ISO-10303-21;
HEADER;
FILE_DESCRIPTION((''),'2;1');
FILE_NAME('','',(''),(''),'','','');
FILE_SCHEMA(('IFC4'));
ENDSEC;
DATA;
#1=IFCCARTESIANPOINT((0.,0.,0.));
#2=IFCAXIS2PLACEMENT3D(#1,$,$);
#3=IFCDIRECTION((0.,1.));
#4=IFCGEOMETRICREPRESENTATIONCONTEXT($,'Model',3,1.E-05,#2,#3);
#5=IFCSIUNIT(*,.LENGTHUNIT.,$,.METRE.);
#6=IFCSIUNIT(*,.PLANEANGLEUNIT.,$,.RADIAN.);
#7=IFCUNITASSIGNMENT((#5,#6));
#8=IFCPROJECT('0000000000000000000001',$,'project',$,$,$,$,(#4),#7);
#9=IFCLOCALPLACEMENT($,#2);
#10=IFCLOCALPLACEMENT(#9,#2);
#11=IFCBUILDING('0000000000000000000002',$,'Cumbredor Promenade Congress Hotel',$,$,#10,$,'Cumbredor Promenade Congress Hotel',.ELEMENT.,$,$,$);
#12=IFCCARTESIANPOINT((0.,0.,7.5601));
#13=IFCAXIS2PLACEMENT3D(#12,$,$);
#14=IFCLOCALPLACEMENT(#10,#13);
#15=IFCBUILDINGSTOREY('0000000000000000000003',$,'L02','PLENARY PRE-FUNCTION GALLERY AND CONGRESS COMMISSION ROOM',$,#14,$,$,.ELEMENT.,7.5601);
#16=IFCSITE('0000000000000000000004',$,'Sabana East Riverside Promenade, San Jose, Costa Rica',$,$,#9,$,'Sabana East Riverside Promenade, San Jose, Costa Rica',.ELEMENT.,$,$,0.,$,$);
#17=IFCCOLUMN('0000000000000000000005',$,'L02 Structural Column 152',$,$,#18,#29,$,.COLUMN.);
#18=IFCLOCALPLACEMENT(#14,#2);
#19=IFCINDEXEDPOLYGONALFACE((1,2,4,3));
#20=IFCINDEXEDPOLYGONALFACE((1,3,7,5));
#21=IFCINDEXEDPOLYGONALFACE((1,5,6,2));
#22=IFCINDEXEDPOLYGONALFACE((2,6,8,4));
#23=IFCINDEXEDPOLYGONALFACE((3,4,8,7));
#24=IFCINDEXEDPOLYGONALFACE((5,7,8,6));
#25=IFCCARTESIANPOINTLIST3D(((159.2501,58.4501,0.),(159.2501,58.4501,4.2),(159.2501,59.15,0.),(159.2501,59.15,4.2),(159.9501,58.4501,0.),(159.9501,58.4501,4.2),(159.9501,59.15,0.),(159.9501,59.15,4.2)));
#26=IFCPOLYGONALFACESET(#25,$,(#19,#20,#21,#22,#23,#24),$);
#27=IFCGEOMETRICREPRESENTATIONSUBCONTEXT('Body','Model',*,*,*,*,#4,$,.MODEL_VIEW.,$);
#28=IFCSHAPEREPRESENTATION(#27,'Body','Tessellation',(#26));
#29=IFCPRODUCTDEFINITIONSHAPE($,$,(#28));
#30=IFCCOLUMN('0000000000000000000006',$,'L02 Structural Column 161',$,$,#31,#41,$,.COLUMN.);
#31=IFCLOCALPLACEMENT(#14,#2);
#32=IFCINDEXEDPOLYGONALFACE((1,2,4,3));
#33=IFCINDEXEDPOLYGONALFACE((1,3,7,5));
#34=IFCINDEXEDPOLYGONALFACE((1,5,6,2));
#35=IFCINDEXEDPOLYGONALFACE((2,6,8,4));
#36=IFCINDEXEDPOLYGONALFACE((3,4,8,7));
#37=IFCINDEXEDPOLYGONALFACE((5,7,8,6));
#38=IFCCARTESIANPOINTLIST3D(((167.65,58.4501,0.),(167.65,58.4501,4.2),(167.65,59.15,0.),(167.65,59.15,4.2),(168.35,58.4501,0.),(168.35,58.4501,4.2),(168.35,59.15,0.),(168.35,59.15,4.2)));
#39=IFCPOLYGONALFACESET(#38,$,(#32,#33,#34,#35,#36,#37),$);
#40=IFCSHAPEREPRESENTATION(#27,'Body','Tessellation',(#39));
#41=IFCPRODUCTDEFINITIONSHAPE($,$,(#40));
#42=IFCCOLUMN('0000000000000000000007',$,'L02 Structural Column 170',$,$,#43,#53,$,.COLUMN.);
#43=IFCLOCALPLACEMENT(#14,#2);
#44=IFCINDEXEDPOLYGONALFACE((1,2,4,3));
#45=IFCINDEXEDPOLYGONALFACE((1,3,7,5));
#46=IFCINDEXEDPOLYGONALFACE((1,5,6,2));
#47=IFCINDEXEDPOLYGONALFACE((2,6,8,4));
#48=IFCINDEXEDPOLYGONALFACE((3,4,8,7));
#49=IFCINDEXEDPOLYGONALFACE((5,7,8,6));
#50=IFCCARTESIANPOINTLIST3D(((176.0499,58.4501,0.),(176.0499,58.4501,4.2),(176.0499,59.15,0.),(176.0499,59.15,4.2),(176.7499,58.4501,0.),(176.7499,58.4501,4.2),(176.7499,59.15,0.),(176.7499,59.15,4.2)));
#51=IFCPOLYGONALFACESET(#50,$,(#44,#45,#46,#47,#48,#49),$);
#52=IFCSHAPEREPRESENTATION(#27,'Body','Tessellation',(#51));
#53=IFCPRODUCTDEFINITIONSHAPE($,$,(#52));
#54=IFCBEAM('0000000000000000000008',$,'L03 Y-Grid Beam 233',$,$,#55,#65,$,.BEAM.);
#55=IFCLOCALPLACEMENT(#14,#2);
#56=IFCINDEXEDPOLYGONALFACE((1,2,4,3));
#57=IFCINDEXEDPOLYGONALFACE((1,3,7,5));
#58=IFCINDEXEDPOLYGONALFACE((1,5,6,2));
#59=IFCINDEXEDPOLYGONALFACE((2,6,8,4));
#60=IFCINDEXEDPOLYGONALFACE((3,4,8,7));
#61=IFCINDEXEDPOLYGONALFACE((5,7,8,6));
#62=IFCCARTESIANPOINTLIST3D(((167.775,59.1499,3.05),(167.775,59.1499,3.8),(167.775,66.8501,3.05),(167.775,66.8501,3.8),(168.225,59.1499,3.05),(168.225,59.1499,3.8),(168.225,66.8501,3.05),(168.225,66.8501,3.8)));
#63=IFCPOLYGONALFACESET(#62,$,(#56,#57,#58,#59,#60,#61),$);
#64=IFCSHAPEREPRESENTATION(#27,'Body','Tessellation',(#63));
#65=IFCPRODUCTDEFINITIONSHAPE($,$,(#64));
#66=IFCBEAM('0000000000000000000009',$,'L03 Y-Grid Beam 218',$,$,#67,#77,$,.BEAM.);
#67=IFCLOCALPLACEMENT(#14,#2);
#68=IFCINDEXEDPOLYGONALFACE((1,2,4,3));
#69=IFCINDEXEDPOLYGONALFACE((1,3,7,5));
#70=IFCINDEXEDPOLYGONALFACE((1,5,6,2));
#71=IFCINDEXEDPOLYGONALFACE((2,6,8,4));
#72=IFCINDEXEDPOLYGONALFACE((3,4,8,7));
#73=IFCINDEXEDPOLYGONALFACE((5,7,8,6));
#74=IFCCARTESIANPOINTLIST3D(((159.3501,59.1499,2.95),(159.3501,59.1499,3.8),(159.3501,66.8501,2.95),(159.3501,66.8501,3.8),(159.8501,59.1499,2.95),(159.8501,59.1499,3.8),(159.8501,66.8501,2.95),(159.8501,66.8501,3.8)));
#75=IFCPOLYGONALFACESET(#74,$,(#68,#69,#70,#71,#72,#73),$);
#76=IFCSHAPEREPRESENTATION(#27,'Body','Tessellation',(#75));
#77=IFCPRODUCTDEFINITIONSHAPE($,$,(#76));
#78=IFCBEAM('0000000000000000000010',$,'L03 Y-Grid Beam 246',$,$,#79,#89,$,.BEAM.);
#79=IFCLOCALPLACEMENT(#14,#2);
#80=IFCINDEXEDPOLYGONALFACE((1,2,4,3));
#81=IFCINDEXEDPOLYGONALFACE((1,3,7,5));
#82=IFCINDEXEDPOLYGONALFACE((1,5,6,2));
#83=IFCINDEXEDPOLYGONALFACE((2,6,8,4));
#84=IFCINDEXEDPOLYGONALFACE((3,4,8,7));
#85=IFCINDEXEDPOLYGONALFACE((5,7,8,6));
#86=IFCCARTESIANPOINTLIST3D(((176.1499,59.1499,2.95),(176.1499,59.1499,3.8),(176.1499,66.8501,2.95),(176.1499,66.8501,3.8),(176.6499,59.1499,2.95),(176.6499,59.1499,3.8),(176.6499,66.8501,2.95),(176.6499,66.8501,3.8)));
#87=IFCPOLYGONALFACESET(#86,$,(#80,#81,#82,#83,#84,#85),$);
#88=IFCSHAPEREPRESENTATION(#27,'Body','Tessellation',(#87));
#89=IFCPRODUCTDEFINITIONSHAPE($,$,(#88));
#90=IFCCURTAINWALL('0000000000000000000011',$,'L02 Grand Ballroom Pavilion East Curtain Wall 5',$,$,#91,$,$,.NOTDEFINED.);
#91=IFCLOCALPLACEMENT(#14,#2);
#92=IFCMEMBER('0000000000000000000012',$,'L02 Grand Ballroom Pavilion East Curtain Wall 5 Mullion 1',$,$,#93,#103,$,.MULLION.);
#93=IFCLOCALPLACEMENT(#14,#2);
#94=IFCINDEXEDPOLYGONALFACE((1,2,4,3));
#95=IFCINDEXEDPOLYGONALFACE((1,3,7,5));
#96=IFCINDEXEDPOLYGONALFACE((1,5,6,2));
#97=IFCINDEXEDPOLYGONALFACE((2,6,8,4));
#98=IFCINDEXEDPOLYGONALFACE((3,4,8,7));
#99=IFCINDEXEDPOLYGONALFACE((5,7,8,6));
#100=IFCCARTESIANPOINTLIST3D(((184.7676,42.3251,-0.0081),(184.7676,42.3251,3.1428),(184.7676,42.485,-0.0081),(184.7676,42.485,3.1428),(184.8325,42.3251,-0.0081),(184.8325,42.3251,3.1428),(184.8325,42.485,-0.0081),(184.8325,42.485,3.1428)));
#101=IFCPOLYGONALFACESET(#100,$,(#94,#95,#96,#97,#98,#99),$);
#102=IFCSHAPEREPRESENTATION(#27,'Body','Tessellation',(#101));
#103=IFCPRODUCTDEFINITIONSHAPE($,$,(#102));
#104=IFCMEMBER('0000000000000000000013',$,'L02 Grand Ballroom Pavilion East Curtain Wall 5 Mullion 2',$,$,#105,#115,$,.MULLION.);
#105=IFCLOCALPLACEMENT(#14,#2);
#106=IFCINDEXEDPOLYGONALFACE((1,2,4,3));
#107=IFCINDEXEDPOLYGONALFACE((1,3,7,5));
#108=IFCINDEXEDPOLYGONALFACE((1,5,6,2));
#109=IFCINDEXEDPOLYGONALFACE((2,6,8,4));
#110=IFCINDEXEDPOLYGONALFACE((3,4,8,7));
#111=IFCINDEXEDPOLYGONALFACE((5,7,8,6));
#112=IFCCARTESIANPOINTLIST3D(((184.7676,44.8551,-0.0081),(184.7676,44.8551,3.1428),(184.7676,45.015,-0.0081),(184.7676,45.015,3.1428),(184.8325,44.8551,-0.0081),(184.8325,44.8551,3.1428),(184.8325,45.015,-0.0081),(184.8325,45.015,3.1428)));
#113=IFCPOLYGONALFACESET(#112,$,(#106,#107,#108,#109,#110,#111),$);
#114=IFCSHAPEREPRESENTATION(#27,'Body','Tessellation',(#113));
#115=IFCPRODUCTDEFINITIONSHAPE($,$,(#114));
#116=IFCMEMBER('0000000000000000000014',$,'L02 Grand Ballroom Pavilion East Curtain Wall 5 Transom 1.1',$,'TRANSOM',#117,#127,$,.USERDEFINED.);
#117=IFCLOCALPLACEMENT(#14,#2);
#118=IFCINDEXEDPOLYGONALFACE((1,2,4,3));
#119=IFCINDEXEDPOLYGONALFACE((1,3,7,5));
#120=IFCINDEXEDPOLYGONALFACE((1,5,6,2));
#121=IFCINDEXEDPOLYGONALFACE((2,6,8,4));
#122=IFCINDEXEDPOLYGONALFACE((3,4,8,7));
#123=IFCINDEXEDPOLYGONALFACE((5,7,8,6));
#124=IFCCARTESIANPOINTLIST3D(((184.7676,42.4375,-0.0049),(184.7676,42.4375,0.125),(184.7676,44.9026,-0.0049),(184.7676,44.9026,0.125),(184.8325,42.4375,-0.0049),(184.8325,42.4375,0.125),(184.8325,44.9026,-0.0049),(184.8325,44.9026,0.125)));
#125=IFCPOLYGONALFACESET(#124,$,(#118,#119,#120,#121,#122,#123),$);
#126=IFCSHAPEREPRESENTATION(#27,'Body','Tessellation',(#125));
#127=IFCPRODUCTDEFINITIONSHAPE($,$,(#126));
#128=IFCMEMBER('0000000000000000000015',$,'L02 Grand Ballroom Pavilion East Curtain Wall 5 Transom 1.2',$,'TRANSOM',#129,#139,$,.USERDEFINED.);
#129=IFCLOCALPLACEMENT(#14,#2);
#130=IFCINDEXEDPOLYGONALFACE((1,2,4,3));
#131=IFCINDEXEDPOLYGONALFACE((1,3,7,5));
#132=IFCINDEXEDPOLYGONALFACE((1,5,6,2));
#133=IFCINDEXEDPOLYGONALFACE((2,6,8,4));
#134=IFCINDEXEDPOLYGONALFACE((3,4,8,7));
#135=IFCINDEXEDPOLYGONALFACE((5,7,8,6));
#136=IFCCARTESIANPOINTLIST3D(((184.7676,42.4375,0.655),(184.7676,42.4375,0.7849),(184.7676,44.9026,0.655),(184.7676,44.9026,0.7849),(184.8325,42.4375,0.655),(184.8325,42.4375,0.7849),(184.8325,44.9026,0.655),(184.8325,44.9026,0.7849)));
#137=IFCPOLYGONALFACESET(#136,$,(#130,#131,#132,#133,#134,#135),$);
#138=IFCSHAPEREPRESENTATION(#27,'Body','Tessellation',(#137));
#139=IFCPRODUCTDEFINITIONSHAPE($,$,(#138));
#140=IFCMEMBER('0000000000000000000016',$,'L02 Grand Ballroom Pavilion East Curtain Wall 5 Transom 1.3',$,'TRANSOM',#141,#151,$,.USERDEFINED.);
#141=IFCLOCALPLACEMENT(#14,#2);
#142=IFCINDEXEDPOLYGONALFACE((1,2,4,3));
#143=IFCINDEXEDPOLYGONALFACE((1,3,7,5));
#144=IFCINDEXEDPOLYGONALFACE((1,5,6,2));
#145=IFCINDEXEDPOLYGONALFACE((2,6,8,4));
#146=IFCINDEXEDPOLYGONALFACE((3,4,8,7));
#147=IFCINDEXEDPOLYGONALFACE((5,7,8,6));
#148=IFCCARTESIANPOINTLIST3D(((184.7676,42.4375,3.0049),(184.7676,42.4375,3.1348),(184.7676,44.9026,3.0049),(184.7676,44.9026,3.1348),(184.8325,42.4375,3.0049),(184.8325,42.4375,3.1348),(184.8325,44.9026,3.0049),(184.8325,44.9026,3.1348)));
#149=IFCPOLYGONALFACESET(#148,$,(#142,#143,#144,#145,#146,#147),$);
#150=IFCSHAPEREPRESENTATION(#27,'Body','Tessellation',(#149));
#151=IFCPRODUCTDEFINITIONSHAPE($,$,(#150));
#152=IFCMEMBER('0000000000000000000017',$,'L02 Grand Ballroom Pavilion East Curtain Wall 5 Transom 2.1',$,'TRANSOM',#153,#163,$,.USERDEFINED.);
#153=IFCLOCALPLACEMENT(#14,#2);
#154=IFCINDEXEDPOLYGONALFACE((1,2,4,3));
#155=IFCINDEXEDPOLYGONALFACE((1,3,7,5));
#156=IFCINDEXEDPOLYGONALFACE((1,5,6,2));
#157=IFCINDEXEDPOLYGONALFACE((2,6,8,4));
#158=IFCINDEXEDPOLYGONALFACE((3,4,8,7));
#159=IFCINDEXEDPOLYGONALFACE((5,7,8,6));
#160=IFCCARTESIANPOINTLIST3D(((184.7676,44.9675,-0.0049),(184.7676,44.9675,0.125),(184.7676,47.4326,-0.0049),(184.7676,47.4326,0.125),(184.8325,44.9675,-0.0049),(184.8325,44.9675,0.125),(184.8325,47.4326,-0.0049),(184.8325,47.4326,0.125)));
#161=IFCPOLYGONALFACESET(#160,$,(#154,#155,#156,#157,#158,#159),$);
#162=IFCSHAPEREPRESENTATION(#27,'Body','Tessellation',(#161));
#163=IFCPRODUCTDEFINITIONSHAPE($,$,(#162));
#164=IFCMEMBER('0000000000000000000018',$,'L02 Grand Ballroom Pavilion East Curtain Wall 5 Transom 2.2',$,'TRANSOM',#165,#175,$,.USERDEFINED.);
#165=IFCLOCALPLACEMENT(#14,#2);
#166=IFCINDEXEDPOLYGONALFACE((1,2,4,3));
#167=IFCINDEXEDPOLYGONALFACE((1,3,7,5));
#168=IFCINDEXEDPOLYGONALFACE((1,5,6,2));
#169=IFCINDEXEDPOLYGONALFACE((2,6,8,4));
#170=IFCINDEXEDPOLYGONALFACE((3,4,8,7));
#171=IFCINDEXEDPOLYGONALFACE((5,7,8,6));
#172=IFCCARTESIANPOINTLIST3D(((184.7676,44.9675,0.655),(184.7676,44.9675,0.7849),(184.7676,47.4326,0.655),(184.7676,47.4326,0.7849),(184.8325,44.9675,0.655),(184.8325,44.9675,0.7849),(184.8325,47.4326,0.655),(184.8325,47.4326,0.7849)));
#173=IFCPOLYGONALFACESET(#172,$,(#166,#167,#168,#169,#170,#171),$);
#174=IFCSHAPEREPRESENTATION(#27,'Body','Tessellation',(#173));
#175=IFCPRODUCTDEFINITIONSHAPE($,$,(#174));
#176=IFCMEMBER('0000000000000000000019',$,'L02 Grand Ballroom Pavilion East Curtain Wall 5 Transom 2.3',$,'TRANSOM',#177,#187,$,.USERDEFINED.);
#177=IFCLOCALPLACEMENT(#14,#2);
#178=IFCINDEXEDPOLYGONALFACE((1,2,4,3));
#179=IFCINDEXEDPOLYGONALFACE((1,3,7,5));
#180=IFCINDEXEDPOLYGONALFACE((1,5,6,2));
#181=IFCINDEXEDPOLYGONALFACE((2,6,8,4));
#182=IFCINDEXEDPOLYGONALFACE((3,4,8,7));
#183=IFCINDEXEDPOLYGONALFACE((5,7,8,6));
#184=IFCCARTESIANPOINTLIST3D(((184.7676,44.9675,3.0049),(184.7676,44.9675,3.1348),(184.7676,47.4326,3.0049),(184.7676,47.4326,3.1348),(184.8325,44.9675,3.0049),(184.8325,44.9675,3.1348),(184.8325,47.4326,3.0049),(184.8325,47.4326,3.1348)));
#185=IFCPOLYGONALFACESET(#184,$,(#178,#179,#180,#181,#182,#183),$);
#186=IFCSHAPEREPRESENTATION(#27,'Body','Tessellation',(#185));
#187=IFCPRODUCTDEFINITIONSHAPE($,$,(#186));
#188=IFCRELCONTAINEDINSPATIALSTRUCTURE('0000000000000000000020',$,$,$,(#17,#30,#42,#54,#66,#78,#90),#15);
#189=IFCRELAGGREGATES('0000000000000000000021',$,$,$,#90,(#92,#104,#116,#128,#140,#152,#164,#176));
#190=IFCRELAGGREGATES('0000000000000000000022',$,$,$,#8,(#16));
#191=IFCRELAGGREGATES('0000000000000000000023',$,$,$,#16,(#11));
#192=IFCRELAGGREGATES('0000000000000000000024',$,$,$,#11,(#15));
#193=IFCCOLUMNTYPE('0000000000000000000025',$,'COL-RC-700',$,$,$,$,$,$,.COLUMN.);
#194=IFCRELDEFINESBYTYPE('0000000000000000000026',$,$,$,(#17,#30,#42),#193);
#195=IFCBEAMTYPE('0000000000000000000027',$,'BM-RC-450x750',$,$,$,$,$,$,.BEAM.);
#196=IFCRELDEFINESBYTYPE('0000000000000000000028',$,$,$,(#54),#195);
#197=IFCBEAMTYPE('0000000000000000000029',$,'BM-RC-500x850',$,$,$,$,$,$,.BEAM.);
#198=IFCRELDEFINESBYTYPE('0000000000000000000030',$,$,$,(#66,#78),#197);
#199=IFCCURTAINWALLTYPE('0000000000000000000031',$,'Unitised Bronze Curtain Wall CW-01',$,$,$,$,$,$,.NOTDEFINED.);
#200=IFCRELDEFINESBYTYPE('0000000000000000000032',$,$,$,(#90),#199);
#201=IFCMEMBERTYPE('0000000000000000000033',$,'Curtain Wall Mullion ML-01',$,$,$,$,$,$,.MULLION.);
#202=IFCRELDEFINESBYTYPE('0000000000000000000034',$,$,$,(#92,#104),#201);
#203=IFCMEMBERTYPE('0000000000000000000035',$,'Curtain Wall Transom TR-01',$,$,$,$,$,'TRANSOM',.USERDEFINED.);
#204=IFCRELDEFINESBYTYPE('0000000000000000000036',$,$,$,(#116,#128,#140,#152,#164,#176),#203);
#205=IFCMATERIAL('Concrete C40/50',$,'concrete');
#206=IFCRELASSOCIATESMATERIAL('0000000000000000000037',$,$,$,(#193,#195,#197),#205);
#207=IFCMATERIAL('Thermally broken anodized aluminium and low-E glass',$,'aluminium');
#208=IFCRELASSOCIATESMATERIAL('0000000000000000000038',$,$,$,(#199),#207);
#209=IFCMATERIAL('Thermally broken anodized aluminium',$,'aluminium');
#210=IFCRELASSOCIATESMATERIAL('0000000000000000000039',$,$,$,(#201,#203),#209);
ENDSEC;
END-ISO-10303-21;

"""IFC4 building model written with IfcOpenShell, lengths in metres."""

from ifc_helpers import new_model, si_unit, direction, frame, origin, origin_2d, place, context, subcontext, project, spatial, rectangle, extrude, material, material_profile, profile_set, type_object, element, aggregate, save


model = new_model("IFC4")

# Units and contexts
model_context = context("Model", 3, precision=1e-05, world=origin(), true_north=direction((0.0, 1.0)))
body_context = subcontext(model_context, "Body", "Model", "MODEL_VIEW")
ifc_project = project(units=[si_unit("LENGTHUNIT", "METRE"), si_unit("PLANEANGLEUNIT", "RADIAN")], contexts=[model_context])

# Site, building, storey
site_placement = place(None, origin())
site = spatial("IfcSite", under=ifc_project, at=site_placement, Name="Sabana East Riverside Promenade, San Jose, Costa Rica", LongName="Sabana East Riverside Promenade, San Jose, Costa Rica", CompositionType="ELEMENT", RefElevation=0.0)
building_placement = place(site_placement, origin())
building = spatial("IfcBuilding", under=site, at=building_placement, Name="Cumbredor Promenade Congress Hotel", LongName="Cumbredor Promenade Congress Hotel", CompositionType="ELEMENT")
storey_placement = place(building_placement, frame((0.0, 0.0, 7.5601)))
storey = spatial("IfcBuildingStorey", under=building, at=storey_placement, Name="L02", Description="PLENARY PRE-FUNCTION GALLERY AND CONGRESS COMMISSION ROOM", CompositionType="ELEMENT", Elevation=7.5601)

# Columns
ifc_material_1 = material(Name="Concrete C40/50", Category="concrete")
ifc_material_profile_1 = material_profile(ifc_material_1, rectangle(XDim=0.7, YDim=0.7, at=origin_2d()), Name="RC 700x700")
ifc_profile_set_1 = profile_set([ifc_material_profile_1], Name="Concrete C40/50")
column_type = type_object("IfcColumnType", Name="COL-RC-700", PredefinedType="COLUMN", material=ifc_profile_set_1)
for number, where, z_axis, x_axis, name in (
    (1, (159.6001, 58.8, 0.0), (0.0, 0.0, 1.0), (1.0, 0.0, 0.0), "L02 Structural Column 152"),
    (2, (168.0, 58.8, 0.0), (0.0, 0.0, 1.0), (1.0, 0.0, 0.0), "L02 Structural Column 161"),
    (3, (176.3999, 58.8, 0.0), (0.0, 0.0, 1.0), (1.0, 0.0, 0.0), "L02 Structural Column 170"),
):
    element("IfcColumn", number, at=place(storey_placement, frame(where, z_axis=z_axis, x_axis=x_axis)), inside=storey, type_object=column_type, Name=name, PredefinedType="COLUMN", context=body_context, shape_type="SweptSolid", body=[
        extrude(rectangle(XDim=0.7, YDim=0.7, at=origin_2d()), origin(), (0.0, 0.0, 1.0), 4.2),
    ])

# Beams
ifc_material_profile_2 = material_profile(ifc_material_1, rectangle(XDim=0.45, YDim=0.75, at=origin_2d()), Name="RC BEAM 450x750")
ifc_profile_set_2 = profile_set([ifc_material_profile_2], Name="Concrete C40/50")
beam_type_1 = type_object("IfcBeamType", Name="BM-RC-450x750", PredefinedType="BEAM", material=ifc_profile_set_2)
beam_1_placement = place(storey_placement, frame((168.0, 59.1499, 3.425), z_axis=(0.0, 1.0, 0.0), x_axis=(-1.0, 0.0, 0.0)))
element("IfcBeam", 4, at=beam_1_placement, inside=storey, type_object=beam_type_1, Name="L03 Y-Grid Beam 233", PredefinedType="BEAM", context=body_context, shape_type="SweptSolid", body=[
    extrude(rectangle(XDim=0.45, YDim=0.75, at=origin_2d()), origin(), (0.0, 0.0, 1.0), 7.7002),
])
ifc_material_profile_3 = material_profile(ifc_material_1, rectangle(XDim=0.5, YDim=0.8501, at=origin_2d()), Name="RC BEAM 500x850")
ifc_profile_set_3 = profile_set([ifc_material_profile_3], Name="Concrete C40/50")
beam_type_2 = type_object("IfcBeamType", Name="BM-RC-500x850", PredefinedType="BEAM", material=ifc_profile_set_3)
for number, where, z_axis, x_axis, name in (
    (5, (159.6001, 59.1499, 3.375), (0.0, 1.0, 0.0), (-1.0, 0.0, 0.0), "L03 Y-Grid Beam 218"),
    (6, (176.3999, 59.1499, 3.375), (0.0, 1.0, 0.0), (-1.0, 0.0, 0.0), "L03 Y-Grid Beam 246"),
):
    element("IfcBeam", number, at=place(storey_placement, frame(where, z_axis=z_axis, x_axis=x_axis)), inside=storey, type_object=beam_type_2, Name=name, PredefinedType="BEAM", context=body_context, shape_type="SweptSolid", body=[
        extrude(rectangle(XDim=0.5, YDim=0.8501, at=origin_2d()), origin(), (0.0, 0.0, 1.0), 7.7002),
    ])

# Curtain wall, members
ifc_material_2 = material(Name="Thermally broken anodized aluminium and low-E glass", Category="aluminium")
curtain_wall_type = type_object("IfcCurtainWallType", Name="Unitised Bronze Curtain Wall CW-01", PredefinedType="NOTDEFINED", material=ifc_material_2)
curtain_wall_placement = place(storey_placement, origin())
curtain_wall = element("IfcCurtainWall", 7, at=curtain_wall_placement, inside=storey, type_object=curtain_wall_type, Name="L02 Grand Ballroom Pavilion East Curtain Wall 5", PredefinedType="NOTDEFINED")
ifc_material_3 = material(Name="Thermally broken anodized aluminium", Category="aluminium")
ifc_material_profile_4 = material_profile(ifc_material_3, rectangle(XDim=0.0649, YDim=0.1599, at=origin_2d()), Name="ALU MULLION 65x160")
ifc_profile_set_4 = profile_set([ifc_material_profile_4], Name="Thermally broken anodized aluminium")
member_type_1 = type_object("IfcMemberType", Name="Curtain Wall Mullion ML-01", PredefinedType="MULLION", material=ifc_profile_set_4)
member_1_placement = place(storey_placement, frame((184.8, 42.405, -0.0081), z_axis=(0.0, 0.0, 1.0), x_axis=(1.0, 0.0, 0.0)))
member_1 = element("IfcMember", 8, at=member_1_placement, type_object=member_type_1, Name="L02 Grand Ballroom Pavilion East Curtain Wall 5 Mullion 1", PredefinedType="MULLION", context=body_context, shape_type="SweptSolid", body=[
    extrude(rectangle(XDim=0.0649, YDim=0.1599, at=origin_2d()), origin(), (0.0, 0.0, 1.0), 3.1509),
])
member_2_placement = place(storey_placement, frame((184.8, 44.9351, -0.0081), z_axis=(0.0, 0.0, 1.0), x_axis=(1.0, 0.0, 0.0)))
member_2 = element("IfcMember", 9, at=member_2_placement, type_object=member_type_1, Name="L02 Grand Ballroom Pavilion East Curtain Wall 5 Mullion 2", PredefinedType="MULLION", context=body_context, shape_type="SweptSolid", body=[
    extrude(rectangle(XDim=0.0649, YDim=0.1599, at=origin_2d()), origin(), (0.0, 0.0, 1.0), 3.1509),
])
ifc_material_profile_5 = material_profile(ifc_material_3, rectangle(XDim=0.0649, YDim=0.1299, at=origin_2d()), Name="ALU TRANSOM 65x130")
ifc_profile_set_5 = profile_set([ifc_material_profile_5], Name="Thermally broken anodized aluminium")
member_type_2 = type_object("IfcMemberType", Name="Curtain Wall Transom TR-01", ElementType="TRANSOM", PredefinedType="USERDEFINED", material=ifc_profile_set_5)
member_3_placement = place(storey_placement, frame((184.8, 42.4375, 0.0601), z_axis=(0.0, 1.0, 0.0), x_axis=(-1.0, 0.0, 0.0)))
member_3 = element("IfcMember", 10, at=member_3_placement, type_object=member_type_2, Name="L02 Grand Ballroom Pavilion East Curtain Wall 5 Transom 1.1", ObjectType="TRANSOM", PredefinedType="USERDEFINED", context=body_context, shape_type="SweptSolid", body=[
    extrude(rectangle(XDim=0.0649, YDim=0.1299, at=origin_2d()), origin(), (0.0, 0.0, 1.0), 2.4651),
])
member_4_placement = place(storey_placement, frame((184.8, 42.4375, 0.72), z_axis=(0.0, 1.0, 0.0), x_axis=(-1.0, 0.0, 0.0)))
member_4 = element("IfcMember", 11, at=member_4_placement, type_object=member_type_2, Name="L02 Grand Ballroom Pavilion East Curtain Wall 5 Transom 1.2", ObjectType="TRANSOM", PredefinedType="USERDEFINED", context=body_context, shape_type="SweptSolid", body=[
    extrude(rectangle(XDim=0.0649, YDim=0.1299, at=origin_2d()), origin(), (0.0, 0.0, 1.0), 2.4651),
])
member_5_placement = place(storey_placement, frame((184.8, 42.4375, 3.0698), z_axis=(0.0, 1.0, 0.0), x_axis=(-1.0, 0.0, 0.0)))
member_5 = element("IfcMember", 12, at=member_5_placement, type_object=member_type_2, Name="L02 Grand Ballroom Pavilion East Curtain Wall 5 Transom 1.3", ObjectType="TRANSOM", PredefinedType="USERDEFINED", context=body_context, shape_type="SweptSolid", body=[
    extrude(rectangle(XDim=0.0649, YDim=0.1299, at=origin_2d()), origin(), (0.0, 0.0, 1.0), 2.4651),
])
member_6_placement = place(storey_placement, frame((184.8, 44.9675, 0.0601), z_axis=(0.0, 1.0, 0.0), x_axis=(-1.0, 0.0, 0.0)))
member_6 = element("IfcMember", 13, at=member_6_placement, type_object=member_type_2, Name="L02 Grand Ballroom Pavilion East Curtain Wall 5 Transom 2.1", ObjectType="TRANSOM", PredefinedType="USERDEFINED", context=body_context, shape_type="SweptSolid", body=[
    extrude(rectangle(XDim=0.0649, YDim=0.1299, at=origin_2d()), origin(), (0.0, 0.0, 1.0), 2.4651),
])
member_7_placement = place(storey_placement, frame((184.8, 44.9675, 0.72), z_axis=(0.0, 1.0, 0.0), x_axis=(-1.0, 0.0, 0.0)))
member_7 = element("IfcMember", 14, at=member_7_placement, type_object=member_type_2, Name="L02 Grand Ballroom Pavilion East Curtain Wall 5 Transom 2.2", ObjectType="TRANSOM", PredefinedType="USERDEFINED", context=body_context, shape_type="SweptSolid", body=[
    extrude(rectangle(XDim=0.0649, YDim=0.1299, at=origin_2d()), origin(), (0.0, 0.0, 1.0), 2.4651),
])
member_8_placement = place(storey_placement, frame((184.8, 44.9675, 3.0698), z_axis=(0.0, 1.0, 0.0), x_axis=(-1.0, 0.0, 0.0)))
member_8 = element("IfcMember", 15, at=member_8_placement, type_object=member_type_2, Name="L02 Grand Ballroom Pavilion East Curtain Wall 5 Transom 2.3", ObjectType="TRANSOM", PredefinedType="USERDEFINED", context=body_context, shape_type="SweptSolid", body=[
    extrude(rectangle(XDim=0.0649, YDim=0.1299, at=origin_2d()), origin(), (0.0, 0.0, 1.0), 2.4651),
])

aggregate(curtain_wall, [member_1, member_2, member_3, member_4, member_5, member_6, member_7, member_8])

save(model, "model.ifc")
